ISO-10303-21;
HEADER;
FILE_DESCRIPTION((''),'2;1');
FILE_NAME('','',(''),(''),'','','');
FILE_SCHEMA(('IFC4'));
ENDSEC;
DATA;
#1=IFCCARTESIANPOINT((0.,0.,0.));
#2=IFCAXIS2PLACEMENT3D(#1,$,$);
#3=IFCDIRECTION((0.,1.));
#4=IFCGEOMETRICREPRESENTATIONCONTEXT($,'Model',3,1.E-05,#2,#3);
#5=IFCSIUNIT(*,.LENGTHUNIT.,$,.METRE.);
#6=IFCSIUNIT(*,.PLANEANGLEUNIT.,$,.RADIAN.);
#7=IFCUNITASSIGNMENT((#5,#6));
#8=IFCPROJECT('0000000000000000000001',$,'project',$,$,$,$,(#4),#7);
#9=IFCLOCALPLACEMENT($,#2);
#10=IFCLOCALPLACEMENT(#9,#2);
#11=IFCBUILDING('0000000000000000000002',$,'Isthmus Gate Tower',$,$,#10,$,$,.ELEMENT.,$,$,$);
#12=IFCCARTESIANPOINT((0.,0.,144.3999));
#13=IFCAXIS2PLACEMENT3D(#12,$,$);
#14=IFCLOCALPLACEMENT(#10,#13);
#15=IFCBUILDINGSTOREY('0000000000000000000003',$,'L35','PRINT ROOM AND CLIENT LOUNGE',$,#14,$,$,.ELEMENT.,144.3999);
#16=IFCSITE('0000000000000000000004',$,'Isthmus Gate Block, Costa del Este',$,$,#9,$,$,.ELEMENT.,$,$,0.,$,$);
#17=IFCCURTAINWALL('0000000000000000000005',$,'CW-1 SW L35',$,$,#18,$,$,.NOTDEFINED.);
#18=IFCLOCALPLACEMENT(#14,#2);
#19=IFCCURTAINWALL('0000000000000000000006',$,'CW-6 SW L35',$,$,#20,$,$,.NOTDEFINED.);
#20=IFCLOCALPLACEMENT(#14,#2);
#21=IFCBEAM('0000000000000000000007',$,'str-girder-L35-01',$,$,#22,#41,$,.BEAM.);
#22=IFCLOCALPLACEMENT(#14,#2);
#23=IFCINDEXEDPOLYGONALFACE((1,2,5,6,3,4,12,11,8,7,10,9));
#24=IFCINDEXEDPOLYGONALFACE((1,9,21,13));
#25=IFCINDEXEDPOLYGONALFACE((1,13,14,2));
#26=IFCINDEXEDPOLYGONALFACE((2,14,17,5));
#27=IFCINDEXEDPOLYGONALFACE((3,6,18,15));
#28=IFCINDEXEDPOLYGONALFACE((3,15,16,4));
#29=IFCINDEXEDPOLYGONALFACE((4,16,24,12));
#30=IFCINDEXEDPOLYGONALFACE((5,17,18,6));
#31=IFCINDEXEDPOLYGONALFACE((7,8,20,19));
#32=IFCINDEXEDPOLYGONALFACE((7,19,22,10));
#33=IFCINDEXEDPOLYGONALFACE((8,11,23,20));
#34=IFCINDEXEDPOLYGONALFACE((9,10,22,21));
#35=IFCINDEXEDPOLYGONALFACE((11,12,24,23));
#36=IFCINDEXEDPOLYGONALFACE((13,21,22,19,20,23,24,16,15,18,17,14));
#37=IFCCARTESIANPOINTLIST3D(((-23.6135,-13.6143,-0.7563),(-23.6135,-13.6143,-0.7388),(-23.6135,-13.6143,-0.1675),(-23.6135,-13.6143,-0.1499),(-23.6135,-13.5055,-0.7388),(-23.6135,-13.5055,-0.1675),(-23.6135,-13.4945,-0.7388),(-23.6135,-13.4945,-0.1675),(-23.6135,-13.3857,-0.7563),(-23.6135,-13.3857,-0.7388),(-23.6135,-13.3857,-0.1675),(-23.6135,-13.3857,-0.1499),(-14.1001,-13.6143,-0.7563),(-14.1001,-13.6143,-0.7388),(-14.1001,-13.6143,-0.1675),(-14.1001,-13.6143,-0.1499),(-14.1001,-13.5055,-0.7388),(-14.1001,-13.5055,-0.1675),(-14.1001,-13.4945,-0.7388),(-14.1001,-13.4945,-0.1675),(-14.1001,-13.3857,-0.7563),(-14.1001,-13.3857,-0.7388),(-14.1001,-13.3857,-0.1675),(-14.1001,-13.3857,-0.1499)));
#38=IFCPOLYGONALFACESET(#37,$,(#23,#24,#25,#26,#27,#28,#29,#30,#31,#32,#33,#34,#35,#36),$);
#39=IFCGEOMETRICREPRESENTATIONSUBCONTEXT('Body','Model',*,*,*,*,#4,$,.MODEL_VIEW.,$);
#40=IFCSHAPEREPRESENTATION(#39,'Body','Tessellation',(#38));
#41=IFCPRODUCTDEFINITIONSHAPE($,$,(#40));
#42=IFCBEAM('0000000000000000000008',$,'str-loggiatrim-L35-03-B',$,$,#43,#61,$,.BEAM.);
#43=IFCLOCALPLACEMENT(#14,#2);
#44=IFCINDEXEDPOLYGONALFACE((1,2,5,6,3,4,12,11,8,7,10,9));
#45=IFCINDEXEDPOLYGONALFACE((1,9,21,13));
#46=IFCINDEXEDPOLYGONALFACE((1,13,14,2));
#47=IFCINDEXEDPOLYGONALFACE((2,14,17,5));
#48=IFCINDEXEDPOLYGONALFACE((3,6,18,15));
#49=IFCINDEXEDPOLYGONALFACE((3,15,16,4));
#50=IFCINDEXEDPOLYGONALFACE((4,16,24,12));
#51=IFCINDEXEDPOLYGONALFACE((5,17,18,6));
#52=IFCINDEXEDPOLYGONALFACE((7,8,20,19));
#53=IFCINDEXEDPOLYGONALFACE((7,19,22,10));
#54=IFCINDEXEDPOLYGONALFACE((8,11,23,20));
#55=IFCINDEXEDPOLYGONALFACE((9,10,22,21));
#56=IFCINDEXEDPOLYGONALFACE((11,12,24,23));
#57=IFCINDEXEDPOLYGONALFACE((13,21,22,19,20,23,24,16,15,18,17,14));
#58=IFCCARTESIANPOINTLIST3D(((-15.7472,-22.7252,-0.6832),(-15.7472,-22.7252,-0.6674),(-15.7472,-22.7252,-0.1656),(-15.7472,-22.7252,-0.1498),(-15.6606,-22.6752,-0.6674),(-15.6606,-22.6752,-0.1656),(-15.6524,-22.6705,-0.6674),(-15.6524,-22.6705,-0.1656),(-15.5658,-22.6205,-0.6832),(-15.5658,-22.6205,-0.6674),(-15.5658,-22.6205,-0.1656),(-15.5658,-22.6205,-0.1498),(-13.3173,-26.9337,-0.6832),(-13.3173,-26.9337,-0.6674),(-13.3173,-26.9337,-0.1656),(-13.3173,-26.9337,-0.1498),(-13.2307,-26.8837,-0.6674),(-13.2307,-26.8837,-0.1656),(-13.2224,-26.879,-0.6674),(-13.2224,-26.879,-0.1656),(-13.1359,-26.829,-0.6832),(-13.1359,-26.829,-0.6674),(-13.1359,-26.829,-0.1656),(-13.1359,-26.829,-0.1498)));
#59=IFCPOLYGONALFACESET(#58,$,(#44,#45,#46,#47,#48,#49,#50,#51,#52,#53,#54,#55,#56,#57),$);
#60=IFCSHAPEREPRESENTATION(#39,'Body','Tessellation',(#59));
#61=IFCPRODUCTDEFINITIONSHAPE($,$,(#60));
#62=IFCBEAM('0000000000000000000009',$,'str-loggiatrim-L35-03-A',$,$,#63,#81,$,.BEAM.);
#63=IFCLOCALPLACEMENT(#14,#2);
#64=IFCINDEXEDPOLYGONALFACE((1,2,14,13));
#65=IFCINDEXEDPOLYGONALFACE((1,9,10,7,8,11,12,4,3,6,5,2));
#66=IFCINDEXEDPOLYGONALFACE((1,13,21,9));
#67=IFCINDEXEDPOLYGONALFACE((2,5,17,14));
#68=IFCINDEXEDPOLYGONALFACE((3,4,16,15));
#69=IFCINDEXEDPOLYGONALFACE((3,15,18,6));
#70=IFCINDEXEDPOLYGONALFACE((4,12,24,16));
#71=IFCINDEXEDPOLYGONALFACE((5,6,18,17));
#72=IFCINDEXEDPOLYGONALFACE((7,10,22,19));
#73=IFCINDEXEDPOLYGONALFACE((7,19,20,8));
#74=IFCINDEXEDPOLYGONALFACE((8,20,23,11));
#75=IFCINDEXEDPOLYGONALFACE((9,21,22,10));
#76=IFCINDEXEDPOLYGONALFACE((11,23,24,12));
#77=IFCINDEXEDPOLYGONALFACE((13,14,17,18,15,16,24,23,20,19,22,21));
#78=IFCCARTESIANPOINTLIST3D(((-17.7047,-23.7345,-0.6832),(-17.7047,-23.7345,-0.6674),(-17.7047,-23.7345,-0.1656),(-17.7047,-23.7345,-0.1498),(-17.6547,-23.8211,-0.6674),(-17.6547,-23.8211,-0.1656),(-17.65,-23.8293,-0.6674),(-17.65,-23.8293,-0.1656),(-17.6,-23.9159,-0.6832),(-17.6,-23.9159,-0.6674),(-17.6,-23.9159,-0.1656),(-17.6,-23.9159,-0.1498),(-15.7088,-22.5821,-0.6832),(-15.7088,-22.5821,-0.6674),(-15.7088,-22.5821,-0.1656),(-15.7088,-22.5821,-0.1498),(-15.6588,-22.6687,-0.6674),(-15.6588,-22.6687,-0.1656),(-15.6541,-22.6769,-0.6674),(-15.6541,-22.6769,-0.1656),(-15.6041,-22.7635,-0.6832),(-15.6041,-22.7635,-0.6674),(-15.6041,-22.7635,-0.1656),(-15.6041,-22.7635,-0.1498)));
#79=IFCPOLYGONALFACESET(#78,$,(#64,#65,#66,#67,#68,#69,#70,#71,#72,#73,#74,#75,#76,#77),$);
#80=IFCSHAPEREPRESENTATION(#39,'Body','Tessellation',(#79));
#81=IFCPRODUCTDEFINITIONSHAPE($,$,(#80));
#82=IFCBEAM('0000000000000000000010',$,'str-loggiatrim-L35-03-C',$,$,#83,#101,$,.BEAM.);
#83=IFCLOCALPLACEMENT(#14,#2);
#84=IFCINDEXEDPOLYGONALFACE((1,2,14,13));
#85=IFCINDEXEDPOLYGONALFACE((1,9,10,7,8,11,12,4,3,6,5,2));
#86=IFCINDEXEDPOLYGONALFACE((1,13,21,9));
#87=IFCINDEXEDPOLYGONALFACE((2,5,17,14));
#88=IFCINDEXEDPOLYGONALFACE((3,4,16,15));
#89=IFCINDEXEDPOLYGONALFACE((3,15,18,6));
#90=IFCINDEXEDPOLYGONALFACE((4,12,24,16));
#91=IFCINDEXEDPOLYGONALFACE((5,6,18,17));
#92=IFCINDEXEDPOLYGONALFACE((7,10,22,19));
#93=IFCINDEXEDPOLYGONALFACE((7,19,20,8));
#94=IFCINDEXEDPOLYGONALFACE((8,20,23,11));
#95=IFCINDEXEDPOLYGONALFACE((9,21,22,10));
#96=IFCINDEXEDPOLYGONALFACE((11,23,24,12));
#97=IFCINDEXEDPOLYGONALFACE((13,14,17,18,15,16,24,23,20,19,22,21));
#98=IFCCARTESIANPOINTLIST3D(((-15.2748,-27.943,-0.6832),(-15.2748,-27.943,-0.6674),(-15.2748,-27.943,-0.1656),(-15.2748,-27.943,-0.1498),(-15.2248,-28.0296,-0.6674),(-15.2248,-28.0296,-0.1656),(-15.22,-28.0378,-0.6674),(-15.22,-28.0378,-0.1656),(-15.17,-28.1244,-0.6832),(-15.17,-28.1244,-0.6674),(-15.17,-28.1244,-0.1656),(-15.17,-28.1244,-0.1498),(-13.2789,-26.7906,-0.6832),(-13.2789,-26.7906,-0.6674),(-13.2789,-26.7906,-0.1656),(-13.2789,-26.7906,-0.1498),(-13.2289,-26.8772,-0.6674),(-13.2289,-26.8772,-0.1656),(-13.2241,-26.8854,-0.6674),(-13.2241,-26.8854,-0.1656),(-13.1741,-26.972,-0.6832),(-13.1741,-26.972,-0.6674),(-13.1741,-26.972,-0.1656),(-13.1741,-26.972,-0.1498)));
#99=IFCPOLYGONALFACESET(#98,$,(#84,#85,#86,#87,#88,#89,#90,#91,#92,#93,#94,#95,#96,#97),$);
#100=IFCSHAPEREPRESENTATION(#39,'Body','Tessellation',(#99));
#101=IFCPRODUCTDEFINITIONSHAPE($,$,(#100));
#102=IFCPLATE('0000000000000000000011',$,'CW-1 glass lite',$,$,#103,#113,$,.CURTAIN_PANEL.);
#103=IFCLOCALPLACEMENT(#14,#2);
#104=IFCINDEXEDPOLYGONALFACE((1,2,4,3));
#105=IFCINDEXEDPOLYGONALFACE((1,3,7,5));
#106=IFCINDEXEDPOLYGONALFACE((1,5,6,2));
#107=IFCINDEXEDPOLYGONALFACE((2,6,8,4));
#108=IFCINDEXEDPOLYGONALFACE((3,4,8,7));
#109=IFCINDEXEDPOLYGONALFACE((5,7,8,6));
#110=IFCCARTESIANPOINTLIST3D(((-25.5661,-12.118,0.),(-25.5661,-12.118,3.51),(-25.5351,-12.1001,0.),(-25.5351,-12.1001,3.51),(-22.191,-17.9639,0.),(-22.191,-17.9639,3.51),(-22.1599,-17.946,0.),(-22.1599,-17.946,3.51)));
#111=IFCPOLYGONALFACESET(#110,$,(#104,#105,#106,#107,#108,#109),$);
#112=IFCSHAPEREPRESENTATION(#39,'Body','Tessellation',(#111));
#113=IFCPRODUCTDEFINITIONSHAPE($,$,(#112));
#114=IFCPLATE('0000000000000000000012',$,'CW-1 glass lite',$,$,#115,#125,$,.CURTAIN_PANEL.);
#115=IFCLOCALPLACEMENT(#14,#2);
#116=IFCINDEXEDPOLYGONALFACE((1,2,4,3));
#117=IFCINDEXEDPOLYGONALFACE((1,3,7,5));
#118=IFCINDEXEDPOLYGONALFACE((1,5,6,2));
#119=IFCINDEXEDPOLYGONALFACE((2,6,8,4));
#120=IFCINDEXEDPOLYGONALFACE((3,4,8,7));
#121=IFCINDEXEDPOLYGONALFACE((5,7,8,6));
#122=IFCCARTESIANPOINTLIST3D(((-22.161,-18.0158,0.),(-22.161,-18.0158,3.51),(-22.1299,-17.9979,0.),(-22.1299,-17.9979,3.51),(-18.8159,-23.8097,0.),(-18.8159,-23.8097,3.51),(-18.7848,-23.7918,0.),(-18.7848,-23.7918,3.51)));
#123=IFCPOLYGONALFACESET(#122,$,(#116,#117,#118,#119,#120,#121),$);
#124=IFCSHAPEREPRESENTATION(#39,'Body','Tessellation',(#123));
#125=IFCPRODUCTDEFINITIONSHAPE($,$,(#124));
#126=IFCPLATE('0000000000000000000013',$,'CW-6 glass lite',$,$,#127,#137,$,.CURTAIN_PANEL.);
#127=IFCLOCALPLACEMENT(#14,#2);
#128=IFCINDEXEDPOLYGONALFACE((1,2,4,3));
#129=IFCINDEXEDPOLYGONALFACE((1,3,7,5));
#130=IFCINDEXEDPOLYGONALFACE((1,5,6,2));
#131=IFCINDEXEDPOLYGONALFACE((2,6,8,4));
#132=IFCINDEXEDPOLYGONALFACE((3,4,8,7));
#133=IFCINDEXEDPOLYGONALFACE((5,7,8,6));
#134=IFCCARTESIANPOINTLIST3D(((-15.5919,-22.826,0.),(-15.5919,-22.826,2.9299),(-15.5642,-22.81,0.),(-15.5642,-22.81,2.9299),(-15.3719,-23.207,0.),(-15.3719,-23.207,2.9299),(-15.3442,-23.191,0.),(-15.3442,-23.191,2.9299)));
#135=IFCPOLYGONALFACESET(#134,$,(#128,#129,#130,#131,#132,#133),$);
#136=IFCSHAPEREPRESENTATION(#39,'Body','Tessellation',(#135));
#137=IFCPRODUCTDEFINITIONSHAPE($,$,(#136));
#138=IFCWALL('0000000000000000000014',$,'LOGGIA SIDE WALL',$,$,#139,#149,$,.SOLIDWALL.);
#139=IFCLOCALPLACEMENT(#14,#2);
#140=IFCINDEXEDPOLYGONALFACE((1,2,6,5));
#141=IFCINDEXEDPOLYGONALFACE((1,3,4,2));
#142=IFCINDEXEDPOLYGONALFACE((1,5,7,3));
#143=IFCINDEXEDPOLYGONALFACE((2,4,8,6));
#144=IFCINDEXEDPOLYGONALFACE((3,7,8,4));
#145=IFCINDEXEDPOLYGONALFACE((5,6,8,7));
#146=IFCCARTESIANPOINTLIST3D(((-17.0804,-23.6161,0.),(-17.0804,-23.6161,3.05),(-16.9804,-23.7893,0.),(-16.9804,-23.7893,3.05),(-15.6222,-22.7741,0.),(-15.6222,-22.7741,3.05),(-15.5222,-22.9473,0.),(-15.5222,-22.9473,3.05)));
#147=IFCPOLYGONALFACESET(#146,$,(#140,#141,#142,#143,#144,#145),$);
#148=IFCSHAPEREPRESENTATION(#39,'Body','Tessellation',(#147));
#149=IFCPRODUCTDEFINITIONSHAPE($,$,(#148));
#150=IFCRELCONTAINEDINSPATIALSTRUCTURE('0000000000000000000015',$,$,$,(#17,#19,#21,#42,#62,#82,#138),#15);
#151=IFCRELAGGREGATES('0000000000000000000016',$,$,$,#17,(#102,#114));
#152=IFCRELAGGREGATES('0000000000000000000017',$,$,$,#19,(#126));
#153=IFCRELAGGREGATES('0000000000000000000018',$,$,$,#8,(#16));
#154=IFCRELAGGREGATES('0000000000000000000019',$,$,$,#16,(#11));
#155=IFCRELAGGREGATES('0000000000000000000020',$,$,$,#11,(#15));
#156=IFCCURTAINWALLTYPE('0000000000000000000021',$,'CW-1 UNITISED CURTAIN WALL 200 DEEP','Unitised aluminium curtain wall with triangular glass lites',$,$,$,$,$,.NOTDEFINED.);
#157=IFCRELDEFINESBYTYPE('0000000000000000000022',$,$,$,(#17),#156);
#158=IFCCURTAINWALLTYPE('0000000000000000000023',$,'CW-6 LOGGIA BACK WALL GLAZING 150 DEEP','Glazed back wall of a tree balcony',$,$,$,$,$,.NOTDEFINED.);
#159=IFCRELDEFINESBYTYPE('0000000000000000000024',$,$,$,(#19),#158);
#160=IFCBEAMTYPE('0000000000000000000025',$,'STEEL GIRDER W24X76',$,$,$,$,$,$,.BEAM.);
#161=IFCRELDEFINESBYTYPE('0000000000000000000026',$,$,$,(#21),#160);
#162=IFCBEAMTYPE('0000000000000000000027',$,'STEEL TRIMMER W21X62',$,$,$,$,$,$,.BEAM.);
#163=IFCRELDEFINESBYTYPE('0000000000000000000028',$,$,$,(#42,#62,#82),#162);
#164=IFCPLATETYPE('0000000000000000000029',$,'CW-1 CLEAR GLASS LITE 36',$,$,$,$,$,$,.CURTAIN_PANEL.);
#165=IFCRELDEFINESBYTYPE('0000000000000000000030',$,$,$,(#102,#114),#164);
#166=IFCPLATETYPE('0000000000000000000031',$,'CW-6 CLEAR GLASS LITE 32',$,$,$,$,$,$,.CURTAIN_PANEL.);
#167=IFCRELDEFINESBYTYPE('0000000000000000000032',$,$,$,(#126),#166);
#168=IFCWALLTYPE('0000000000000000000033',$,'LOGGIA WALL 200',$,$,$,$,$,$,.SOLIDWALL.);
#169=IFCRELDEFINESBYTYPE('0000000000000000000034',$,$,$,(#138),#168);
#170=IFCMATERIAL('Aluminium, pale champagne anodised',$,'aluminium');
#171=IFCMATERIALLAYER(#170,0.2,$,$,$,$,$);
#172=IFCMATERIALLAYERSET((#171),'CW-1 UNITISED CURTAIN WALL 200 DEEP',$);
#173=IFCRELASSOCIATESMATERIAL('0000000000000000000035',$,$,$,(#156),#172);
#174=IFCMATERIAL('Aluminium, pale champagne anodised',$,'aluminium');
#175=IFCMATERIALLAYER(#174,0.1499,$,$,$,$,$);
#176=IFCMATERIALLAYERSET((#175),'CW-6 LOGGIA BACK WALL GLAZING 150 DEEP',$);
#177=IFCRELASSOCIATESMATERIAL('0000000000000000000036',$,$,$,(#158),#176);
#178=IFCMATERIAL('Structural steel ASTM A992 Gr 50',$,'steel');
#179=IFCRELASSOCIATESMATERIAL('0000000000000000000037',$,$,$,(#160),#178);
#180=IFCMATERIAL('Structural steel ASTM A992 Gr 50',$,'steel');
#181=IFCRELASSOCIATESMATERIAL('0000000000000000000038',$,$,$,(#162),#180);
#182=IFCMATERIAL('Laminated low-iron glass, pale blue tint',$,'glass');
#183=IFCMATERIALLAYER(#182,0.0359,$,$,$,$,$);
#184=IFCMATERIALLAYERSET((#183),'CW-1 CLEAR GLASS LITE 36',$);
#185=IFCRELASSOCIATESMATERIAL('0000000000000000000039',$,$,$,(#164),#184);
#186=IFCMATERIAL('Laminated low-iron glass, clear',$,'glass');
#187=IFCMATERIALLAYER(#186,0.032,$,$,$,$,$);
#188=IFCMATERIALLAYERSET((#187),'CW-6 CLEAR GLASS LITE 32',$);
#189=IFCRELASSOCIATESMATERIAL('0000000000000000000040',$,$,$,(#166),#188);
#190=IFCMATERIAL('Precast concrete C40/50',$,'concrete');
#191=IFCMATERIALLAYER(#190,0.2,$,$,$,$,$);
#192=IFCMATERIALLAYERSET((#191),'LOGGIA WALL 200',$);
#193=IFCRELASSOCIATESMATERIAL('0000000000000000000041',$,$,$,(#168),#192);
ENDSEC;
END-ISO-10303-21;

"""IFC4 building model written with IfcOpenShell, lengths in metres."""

from ifc_helpers import new_model, si_unit, direction, frame, frame_2d, origin, origin_2d, place, context, subcontext, project, spatial, rectangle, i_section, extrude, material, layer, layer_set, material_profile, profile_set, type_object, element, aggregate, save


model = new_model("IFC4")

# Units and contexts
model_context = context("Model", 3, precision=1e-05, world=origin(), true_north=direction((0.0, 1.0)))
body_context = subcontext(model_context, "Body", "Model", "MODEL_VIEW")
ifc_project = project(units=[si_unit("LENGTHUNIT", "METRE"), si_unit("PLANEANGLEUNIT", "RADIAN")], contexts=[model_context])

# Site, building, storey
site_placement = place(None, origin())
site = spatial("IfcSite", under=ifc_project, at=site_placement, Name="Isthmus Gate Block, Costa del Este", CompositionType="ELEMENT", RefElevation=0.0)
building_placement = place(site_placement, origin())
building = spatial("IfcBuilding", under=site, at=building_placement, Name="Isthmus Gate Tower", CompositionType="ELEMENT")
storey_placement = place(building_placement, frame((0.0, 0.0, 144.3999)))
storey = spatial("IfcBuildingStorey", under=building, at=storey_placement, Name="L35", Description="PRINT ROOM AND CLIENT LOUNGE", CompositionType="ELEMENT", Elevation=144.3999)

# Curtain walls
ifc_material_1 = material(Name="Aluminium, pale champagne anodised", Category="aluminium")
ifc_layer_1 = layer(ifc_material_1, 0.2)
ifc_layer_set_1 = layer_set([ifc_layer_1], Name="CW-1 UNITISED CURTAIN WALL 200 DEEP")
curtain_wall_type_1 = type_object("IfcCurtainWallType", Name="CW-1 UNITISED CURTAIN WALL 200 DEEP", Description="Unitised aluminium curtain wall with triangular glass lites", PredefinedType="NOTDEFINED", material=ifc_layer_set_1)
curtain_wall_1_placement = place(storey_placement, origin())
curtain_wall_1 = element("IfcCurtainWall", 1, at=curtain_wall_1_placement, inside=storey, type_object=curtain_wall_type_1, Name="CW-1 SW L35", PredefinedType="NOTDEFINED")
ifc_material_2 = material(Name="Aluminium, pale champagne anodised", Category="aluminium")
ifc_layer_2 = layer(ifc_material_2, 0.1499)
ifc_layer_set_2 = layer_set([ifc_layer_2], Name="CW-6 LOGGIA BACK WALL GLAZING 150 DEEP")
curtain_wall_type_2 = type_object("IfcCurtainWallType", Name="CW-6 LOGGIA BACK WALL GLAZING 150 DEEP", Description="Glazed back wall of a tree balcony", PredefinedType="NOTDEFINED", material=ifc_layer_set_2)
curtain_wall_2_placement = place(storey_placement, origin())
curtain_wall_2 = element("IfcCurtainWall", 2, at=curtain_wall_2_placement, inside=storey, type_object=curtain_wall_type_2, Name="CW-6 SW L35", PredefinedType="NOTDEFINED")

# Beams
ifc_material_3 = material(Name="Structural steel ASTM A992 Gr 50", Category="steel")
ifc_material_profile_1 = material_profile(ifc_material_3, i_section(OverallWidth=0.2285, OverallDepth=0.6064, WebThickness=0.011, FlangeThickness=0.0176, at=origin_2d()), Name="W24X76")
ifc_profile_set_1 = profile_set([ifc_material_profile_1], Name="Structural steel ASTM A992 Gr 50")
beam_type_1 = type_object("IfcBeamType", Name="STEEL GIRDER W24X76", PredefinedType="BEAM", material=ifc_profile_set_1)
beam_1_placement = place(storey_placement, frame((-23.6135, -13.5, -0.4531), z_axis=(1.0, 0.0, 0.0), x_axis=(0.0, 1.0, 0.0)))
element("IfcBeam", 3, at=beam_1_placement, inside=storey, type_object=beam_type_1, Name="str-girder-L35-01", PredefinedType="BEAM", context=body_context, shape_type="SweptSolid", body=[
    extrude(i_section(OverallWidth=0.2285, OverallDepth=0.6064, WebThickness=0.011, FlangeThickness=0.0176, at=origin_2d()), origin(), (0.0, 0.0, 1.0), 9.5134),
])
ifc_material_4 = material(Name="Structural steel ASTM A992 Gr 50", Category="steel")
ifc_material_profile_2 = material_profile(ifc_material_4, i_section(OverallWidth=0.2095, OverallDepth=0.5334, WebThickness=0.0095, FlangeThickness=0.0159, at=origin_2d()), Name="W21X62")
ifc_profile_set_2 = profile_set([ifc_material_profile_2], Name="Structural steel ASTM A992 Gr 50")
beam_type_2 = type_object("IfcBeamType", Name="STEEL TRIMMER W21X62", PredefinedType="BEAM", material=ifc_profile_set_2)
beam_2_placement = place(storey_placement, frame((-15.6565, -22.6729, -0.4165), z_axis=(0.500024, -0.866012, 0.0), x_axis=(0.866012, 0.500024, 0.0)))
element("IfcBeam", 4, at=beam_2_placement, inside=storey, type_object=beam_type_2, Name="str-loggiatrim-L35-03-B", PredefinedType="BEAM", context=body_context, shape_type="SweptSolid", body=[
    extrude(i_section(OverallWidth=0.2095, OverallDepth=0.5334, WebThickness=0.0095, FlangeThickness=0.0159, at=origin_2d()), origin(), (0.0, 0.0, 1.0), 4.8596),
])
for number, where, z_axis, x_axis, name in (
    (5, (-17.6523, -23.8252, -0.4165), (0.866018, 0.500013, 0.0), (-0.500013, 0.866018, 0.0), "str-loggiatrim-L35-03-A"),
    (6, (-15.2224, -28.0337, -0.4165), (0.866018, 0.500013, 0.0), (-0.500013, 0.866018, 0.0), "str-loggiatrim-L35-03-C"),
):
    element("IfcBeam", number, at=place(storey_placement, frame(where, z_axis=z_axis, x_axis=x_axis)), inside=storey, type_object=beam_type_2, Name=name, PredefinedType="BEAM", context=body_context, shape_type="SweptSolid", body=[
        extrude(i_section(OverallWidth=0.2095, OverallDepth=0.5334, WebThickness=0.0095, FlangeThickness=0.0159, at=origin_2d()), origin(), (0.0, 0.0, 1.0), 2.3047),
    ])

# Plates
ifc_material_5 = material(Name="Laminated low-iron glass, pale blue tint", Category="glass")
ifc_layer_3 = layer(ifc_material_5, 0.0359)
ifc_layer_set_3 = layer_set([ifc_layer_3], Name="CW-1 CLEAR GLASS LITE 36")
plate_type_1 = type_object("IfcPlateType", Name="CW-1 CLEAR GLASS LITE 36", PredefinedType="CURTAIN_PANEL", material=ifc_layer_set_3)
plate_1_placement = place(storey_placement, frame((-23.863, -15.032, 0.0), z_axis=(0.0, 0.0, 1.0), x_axis=(0.5, -0.866025, 0.0)))
plate_1 = element("IfcPlate", 7, at=plate_1_placement, type_object=plate_type_1, Name="CW-1 glass lite", PredefinedType="CURTAIN_PANEL", context=body_context, shape_type="SweptSolid", body=[
    extrude(rectangle(XDim=6.7502, YDim=0.0359, at=origin_2d()), origin(), (0.0, 0.0, 1.0), 3.51),
])
plate_2_placement = place(storey_placement, frame((-20.4729, -20.9038, 0.0), z_axis=(0.0, 0.0, 1.0), x_axis=(0.5, -0.866025, 0.0)))
plate_2 = element("IfcPlate", 8, at=plate_2_placement, type_object=plate_type_1, Name="CW-1 glass lite", PredefinedType="CURTAIN_PANEL", context=body_context, shape_type="SweptSolid", body=[
    extrude(rectangle(XDim=6.6902, YDim=0.0359, at=origin_2d()), origin(), (0.0, 0.0, 1.0), 3.51),
])
aggregate(curtain_wall_1, [plate_1, plate_2])
ifc_material_6 = material(Name="Laminated low-iron glass, clear", Category="glass")
ifc_layer_4 = layer(ifc_material_6, 0.032)
ifc_layer_set_4 = layer_set([ifc_layer_4], Name="CW-6 CLEAR GLASS LITE 32")
plate_type_2 = type_object("IfcPlateType", Name="CW-6 CLEAR GLASS LITE 32", PredefinedType="CURTAIN_PANEL", material=ifc_layer_set_4)
plate_3_placement = place(storey_placement, frame((-15.468, -23.0085, 0.0), z_axis=(0.0, 0.0, 1.0), x_axis=(0.5, -0.866025, 0.0)))
plate_3 = element("IfcPlate", 9, at=plate_3_placement, type_object=plate_type_2, Name="CW-6 glass lite", PredefinedType="CURTAIN_PANEL", context=body_context, shape_type="SweptSolid", body=[
    extrude(rectangle(XDim=0.4399, YDim=0.032, at=origin_2d()), origin(), (0.0, 0.0, 1.0), 2.9299),
])
aggregate(curtain_wall_2, [plate_3])

# Shared definitions
ifc_material_7 = material(Name="Precast concrete C40/50", Category="concrete")
ifc_layer_5 = layer(ifc_material_7, 0.2)
ifc_layer_set_5 = layer_set([ifc_layer_5], Name="LOGGIA WALL 200")
wall_type = type_object("IfcWallType", Name="LOGGIA WALL 200", PredefinedType="SOLIDWALL", material=ifc_layer_set_5)

# Wall
wall_1_placement = place(storey_placement, frame((-17.0303, -23.7026, 0.0), z_axis=(0.0, 0.0, 1.0), x_axis=(0.865995, 0.500053, 0.0)))
element("IfcWall", 10, at=wall_1_placement, inside=storey, type_object=wall_type, Name="LOGGIA SIDE WALL", PredefinedType="SOLIDWALL", context=body_context, shape_type="SweptSolid", body=[
    extrude(rectangle(XDim=1.6838, YDim=0.2, at=frame_2d((0.8418, 0.0))), origin(), (0.0, 0.0, 1.0), 3.05),
])

save(model, "model.ifc")
